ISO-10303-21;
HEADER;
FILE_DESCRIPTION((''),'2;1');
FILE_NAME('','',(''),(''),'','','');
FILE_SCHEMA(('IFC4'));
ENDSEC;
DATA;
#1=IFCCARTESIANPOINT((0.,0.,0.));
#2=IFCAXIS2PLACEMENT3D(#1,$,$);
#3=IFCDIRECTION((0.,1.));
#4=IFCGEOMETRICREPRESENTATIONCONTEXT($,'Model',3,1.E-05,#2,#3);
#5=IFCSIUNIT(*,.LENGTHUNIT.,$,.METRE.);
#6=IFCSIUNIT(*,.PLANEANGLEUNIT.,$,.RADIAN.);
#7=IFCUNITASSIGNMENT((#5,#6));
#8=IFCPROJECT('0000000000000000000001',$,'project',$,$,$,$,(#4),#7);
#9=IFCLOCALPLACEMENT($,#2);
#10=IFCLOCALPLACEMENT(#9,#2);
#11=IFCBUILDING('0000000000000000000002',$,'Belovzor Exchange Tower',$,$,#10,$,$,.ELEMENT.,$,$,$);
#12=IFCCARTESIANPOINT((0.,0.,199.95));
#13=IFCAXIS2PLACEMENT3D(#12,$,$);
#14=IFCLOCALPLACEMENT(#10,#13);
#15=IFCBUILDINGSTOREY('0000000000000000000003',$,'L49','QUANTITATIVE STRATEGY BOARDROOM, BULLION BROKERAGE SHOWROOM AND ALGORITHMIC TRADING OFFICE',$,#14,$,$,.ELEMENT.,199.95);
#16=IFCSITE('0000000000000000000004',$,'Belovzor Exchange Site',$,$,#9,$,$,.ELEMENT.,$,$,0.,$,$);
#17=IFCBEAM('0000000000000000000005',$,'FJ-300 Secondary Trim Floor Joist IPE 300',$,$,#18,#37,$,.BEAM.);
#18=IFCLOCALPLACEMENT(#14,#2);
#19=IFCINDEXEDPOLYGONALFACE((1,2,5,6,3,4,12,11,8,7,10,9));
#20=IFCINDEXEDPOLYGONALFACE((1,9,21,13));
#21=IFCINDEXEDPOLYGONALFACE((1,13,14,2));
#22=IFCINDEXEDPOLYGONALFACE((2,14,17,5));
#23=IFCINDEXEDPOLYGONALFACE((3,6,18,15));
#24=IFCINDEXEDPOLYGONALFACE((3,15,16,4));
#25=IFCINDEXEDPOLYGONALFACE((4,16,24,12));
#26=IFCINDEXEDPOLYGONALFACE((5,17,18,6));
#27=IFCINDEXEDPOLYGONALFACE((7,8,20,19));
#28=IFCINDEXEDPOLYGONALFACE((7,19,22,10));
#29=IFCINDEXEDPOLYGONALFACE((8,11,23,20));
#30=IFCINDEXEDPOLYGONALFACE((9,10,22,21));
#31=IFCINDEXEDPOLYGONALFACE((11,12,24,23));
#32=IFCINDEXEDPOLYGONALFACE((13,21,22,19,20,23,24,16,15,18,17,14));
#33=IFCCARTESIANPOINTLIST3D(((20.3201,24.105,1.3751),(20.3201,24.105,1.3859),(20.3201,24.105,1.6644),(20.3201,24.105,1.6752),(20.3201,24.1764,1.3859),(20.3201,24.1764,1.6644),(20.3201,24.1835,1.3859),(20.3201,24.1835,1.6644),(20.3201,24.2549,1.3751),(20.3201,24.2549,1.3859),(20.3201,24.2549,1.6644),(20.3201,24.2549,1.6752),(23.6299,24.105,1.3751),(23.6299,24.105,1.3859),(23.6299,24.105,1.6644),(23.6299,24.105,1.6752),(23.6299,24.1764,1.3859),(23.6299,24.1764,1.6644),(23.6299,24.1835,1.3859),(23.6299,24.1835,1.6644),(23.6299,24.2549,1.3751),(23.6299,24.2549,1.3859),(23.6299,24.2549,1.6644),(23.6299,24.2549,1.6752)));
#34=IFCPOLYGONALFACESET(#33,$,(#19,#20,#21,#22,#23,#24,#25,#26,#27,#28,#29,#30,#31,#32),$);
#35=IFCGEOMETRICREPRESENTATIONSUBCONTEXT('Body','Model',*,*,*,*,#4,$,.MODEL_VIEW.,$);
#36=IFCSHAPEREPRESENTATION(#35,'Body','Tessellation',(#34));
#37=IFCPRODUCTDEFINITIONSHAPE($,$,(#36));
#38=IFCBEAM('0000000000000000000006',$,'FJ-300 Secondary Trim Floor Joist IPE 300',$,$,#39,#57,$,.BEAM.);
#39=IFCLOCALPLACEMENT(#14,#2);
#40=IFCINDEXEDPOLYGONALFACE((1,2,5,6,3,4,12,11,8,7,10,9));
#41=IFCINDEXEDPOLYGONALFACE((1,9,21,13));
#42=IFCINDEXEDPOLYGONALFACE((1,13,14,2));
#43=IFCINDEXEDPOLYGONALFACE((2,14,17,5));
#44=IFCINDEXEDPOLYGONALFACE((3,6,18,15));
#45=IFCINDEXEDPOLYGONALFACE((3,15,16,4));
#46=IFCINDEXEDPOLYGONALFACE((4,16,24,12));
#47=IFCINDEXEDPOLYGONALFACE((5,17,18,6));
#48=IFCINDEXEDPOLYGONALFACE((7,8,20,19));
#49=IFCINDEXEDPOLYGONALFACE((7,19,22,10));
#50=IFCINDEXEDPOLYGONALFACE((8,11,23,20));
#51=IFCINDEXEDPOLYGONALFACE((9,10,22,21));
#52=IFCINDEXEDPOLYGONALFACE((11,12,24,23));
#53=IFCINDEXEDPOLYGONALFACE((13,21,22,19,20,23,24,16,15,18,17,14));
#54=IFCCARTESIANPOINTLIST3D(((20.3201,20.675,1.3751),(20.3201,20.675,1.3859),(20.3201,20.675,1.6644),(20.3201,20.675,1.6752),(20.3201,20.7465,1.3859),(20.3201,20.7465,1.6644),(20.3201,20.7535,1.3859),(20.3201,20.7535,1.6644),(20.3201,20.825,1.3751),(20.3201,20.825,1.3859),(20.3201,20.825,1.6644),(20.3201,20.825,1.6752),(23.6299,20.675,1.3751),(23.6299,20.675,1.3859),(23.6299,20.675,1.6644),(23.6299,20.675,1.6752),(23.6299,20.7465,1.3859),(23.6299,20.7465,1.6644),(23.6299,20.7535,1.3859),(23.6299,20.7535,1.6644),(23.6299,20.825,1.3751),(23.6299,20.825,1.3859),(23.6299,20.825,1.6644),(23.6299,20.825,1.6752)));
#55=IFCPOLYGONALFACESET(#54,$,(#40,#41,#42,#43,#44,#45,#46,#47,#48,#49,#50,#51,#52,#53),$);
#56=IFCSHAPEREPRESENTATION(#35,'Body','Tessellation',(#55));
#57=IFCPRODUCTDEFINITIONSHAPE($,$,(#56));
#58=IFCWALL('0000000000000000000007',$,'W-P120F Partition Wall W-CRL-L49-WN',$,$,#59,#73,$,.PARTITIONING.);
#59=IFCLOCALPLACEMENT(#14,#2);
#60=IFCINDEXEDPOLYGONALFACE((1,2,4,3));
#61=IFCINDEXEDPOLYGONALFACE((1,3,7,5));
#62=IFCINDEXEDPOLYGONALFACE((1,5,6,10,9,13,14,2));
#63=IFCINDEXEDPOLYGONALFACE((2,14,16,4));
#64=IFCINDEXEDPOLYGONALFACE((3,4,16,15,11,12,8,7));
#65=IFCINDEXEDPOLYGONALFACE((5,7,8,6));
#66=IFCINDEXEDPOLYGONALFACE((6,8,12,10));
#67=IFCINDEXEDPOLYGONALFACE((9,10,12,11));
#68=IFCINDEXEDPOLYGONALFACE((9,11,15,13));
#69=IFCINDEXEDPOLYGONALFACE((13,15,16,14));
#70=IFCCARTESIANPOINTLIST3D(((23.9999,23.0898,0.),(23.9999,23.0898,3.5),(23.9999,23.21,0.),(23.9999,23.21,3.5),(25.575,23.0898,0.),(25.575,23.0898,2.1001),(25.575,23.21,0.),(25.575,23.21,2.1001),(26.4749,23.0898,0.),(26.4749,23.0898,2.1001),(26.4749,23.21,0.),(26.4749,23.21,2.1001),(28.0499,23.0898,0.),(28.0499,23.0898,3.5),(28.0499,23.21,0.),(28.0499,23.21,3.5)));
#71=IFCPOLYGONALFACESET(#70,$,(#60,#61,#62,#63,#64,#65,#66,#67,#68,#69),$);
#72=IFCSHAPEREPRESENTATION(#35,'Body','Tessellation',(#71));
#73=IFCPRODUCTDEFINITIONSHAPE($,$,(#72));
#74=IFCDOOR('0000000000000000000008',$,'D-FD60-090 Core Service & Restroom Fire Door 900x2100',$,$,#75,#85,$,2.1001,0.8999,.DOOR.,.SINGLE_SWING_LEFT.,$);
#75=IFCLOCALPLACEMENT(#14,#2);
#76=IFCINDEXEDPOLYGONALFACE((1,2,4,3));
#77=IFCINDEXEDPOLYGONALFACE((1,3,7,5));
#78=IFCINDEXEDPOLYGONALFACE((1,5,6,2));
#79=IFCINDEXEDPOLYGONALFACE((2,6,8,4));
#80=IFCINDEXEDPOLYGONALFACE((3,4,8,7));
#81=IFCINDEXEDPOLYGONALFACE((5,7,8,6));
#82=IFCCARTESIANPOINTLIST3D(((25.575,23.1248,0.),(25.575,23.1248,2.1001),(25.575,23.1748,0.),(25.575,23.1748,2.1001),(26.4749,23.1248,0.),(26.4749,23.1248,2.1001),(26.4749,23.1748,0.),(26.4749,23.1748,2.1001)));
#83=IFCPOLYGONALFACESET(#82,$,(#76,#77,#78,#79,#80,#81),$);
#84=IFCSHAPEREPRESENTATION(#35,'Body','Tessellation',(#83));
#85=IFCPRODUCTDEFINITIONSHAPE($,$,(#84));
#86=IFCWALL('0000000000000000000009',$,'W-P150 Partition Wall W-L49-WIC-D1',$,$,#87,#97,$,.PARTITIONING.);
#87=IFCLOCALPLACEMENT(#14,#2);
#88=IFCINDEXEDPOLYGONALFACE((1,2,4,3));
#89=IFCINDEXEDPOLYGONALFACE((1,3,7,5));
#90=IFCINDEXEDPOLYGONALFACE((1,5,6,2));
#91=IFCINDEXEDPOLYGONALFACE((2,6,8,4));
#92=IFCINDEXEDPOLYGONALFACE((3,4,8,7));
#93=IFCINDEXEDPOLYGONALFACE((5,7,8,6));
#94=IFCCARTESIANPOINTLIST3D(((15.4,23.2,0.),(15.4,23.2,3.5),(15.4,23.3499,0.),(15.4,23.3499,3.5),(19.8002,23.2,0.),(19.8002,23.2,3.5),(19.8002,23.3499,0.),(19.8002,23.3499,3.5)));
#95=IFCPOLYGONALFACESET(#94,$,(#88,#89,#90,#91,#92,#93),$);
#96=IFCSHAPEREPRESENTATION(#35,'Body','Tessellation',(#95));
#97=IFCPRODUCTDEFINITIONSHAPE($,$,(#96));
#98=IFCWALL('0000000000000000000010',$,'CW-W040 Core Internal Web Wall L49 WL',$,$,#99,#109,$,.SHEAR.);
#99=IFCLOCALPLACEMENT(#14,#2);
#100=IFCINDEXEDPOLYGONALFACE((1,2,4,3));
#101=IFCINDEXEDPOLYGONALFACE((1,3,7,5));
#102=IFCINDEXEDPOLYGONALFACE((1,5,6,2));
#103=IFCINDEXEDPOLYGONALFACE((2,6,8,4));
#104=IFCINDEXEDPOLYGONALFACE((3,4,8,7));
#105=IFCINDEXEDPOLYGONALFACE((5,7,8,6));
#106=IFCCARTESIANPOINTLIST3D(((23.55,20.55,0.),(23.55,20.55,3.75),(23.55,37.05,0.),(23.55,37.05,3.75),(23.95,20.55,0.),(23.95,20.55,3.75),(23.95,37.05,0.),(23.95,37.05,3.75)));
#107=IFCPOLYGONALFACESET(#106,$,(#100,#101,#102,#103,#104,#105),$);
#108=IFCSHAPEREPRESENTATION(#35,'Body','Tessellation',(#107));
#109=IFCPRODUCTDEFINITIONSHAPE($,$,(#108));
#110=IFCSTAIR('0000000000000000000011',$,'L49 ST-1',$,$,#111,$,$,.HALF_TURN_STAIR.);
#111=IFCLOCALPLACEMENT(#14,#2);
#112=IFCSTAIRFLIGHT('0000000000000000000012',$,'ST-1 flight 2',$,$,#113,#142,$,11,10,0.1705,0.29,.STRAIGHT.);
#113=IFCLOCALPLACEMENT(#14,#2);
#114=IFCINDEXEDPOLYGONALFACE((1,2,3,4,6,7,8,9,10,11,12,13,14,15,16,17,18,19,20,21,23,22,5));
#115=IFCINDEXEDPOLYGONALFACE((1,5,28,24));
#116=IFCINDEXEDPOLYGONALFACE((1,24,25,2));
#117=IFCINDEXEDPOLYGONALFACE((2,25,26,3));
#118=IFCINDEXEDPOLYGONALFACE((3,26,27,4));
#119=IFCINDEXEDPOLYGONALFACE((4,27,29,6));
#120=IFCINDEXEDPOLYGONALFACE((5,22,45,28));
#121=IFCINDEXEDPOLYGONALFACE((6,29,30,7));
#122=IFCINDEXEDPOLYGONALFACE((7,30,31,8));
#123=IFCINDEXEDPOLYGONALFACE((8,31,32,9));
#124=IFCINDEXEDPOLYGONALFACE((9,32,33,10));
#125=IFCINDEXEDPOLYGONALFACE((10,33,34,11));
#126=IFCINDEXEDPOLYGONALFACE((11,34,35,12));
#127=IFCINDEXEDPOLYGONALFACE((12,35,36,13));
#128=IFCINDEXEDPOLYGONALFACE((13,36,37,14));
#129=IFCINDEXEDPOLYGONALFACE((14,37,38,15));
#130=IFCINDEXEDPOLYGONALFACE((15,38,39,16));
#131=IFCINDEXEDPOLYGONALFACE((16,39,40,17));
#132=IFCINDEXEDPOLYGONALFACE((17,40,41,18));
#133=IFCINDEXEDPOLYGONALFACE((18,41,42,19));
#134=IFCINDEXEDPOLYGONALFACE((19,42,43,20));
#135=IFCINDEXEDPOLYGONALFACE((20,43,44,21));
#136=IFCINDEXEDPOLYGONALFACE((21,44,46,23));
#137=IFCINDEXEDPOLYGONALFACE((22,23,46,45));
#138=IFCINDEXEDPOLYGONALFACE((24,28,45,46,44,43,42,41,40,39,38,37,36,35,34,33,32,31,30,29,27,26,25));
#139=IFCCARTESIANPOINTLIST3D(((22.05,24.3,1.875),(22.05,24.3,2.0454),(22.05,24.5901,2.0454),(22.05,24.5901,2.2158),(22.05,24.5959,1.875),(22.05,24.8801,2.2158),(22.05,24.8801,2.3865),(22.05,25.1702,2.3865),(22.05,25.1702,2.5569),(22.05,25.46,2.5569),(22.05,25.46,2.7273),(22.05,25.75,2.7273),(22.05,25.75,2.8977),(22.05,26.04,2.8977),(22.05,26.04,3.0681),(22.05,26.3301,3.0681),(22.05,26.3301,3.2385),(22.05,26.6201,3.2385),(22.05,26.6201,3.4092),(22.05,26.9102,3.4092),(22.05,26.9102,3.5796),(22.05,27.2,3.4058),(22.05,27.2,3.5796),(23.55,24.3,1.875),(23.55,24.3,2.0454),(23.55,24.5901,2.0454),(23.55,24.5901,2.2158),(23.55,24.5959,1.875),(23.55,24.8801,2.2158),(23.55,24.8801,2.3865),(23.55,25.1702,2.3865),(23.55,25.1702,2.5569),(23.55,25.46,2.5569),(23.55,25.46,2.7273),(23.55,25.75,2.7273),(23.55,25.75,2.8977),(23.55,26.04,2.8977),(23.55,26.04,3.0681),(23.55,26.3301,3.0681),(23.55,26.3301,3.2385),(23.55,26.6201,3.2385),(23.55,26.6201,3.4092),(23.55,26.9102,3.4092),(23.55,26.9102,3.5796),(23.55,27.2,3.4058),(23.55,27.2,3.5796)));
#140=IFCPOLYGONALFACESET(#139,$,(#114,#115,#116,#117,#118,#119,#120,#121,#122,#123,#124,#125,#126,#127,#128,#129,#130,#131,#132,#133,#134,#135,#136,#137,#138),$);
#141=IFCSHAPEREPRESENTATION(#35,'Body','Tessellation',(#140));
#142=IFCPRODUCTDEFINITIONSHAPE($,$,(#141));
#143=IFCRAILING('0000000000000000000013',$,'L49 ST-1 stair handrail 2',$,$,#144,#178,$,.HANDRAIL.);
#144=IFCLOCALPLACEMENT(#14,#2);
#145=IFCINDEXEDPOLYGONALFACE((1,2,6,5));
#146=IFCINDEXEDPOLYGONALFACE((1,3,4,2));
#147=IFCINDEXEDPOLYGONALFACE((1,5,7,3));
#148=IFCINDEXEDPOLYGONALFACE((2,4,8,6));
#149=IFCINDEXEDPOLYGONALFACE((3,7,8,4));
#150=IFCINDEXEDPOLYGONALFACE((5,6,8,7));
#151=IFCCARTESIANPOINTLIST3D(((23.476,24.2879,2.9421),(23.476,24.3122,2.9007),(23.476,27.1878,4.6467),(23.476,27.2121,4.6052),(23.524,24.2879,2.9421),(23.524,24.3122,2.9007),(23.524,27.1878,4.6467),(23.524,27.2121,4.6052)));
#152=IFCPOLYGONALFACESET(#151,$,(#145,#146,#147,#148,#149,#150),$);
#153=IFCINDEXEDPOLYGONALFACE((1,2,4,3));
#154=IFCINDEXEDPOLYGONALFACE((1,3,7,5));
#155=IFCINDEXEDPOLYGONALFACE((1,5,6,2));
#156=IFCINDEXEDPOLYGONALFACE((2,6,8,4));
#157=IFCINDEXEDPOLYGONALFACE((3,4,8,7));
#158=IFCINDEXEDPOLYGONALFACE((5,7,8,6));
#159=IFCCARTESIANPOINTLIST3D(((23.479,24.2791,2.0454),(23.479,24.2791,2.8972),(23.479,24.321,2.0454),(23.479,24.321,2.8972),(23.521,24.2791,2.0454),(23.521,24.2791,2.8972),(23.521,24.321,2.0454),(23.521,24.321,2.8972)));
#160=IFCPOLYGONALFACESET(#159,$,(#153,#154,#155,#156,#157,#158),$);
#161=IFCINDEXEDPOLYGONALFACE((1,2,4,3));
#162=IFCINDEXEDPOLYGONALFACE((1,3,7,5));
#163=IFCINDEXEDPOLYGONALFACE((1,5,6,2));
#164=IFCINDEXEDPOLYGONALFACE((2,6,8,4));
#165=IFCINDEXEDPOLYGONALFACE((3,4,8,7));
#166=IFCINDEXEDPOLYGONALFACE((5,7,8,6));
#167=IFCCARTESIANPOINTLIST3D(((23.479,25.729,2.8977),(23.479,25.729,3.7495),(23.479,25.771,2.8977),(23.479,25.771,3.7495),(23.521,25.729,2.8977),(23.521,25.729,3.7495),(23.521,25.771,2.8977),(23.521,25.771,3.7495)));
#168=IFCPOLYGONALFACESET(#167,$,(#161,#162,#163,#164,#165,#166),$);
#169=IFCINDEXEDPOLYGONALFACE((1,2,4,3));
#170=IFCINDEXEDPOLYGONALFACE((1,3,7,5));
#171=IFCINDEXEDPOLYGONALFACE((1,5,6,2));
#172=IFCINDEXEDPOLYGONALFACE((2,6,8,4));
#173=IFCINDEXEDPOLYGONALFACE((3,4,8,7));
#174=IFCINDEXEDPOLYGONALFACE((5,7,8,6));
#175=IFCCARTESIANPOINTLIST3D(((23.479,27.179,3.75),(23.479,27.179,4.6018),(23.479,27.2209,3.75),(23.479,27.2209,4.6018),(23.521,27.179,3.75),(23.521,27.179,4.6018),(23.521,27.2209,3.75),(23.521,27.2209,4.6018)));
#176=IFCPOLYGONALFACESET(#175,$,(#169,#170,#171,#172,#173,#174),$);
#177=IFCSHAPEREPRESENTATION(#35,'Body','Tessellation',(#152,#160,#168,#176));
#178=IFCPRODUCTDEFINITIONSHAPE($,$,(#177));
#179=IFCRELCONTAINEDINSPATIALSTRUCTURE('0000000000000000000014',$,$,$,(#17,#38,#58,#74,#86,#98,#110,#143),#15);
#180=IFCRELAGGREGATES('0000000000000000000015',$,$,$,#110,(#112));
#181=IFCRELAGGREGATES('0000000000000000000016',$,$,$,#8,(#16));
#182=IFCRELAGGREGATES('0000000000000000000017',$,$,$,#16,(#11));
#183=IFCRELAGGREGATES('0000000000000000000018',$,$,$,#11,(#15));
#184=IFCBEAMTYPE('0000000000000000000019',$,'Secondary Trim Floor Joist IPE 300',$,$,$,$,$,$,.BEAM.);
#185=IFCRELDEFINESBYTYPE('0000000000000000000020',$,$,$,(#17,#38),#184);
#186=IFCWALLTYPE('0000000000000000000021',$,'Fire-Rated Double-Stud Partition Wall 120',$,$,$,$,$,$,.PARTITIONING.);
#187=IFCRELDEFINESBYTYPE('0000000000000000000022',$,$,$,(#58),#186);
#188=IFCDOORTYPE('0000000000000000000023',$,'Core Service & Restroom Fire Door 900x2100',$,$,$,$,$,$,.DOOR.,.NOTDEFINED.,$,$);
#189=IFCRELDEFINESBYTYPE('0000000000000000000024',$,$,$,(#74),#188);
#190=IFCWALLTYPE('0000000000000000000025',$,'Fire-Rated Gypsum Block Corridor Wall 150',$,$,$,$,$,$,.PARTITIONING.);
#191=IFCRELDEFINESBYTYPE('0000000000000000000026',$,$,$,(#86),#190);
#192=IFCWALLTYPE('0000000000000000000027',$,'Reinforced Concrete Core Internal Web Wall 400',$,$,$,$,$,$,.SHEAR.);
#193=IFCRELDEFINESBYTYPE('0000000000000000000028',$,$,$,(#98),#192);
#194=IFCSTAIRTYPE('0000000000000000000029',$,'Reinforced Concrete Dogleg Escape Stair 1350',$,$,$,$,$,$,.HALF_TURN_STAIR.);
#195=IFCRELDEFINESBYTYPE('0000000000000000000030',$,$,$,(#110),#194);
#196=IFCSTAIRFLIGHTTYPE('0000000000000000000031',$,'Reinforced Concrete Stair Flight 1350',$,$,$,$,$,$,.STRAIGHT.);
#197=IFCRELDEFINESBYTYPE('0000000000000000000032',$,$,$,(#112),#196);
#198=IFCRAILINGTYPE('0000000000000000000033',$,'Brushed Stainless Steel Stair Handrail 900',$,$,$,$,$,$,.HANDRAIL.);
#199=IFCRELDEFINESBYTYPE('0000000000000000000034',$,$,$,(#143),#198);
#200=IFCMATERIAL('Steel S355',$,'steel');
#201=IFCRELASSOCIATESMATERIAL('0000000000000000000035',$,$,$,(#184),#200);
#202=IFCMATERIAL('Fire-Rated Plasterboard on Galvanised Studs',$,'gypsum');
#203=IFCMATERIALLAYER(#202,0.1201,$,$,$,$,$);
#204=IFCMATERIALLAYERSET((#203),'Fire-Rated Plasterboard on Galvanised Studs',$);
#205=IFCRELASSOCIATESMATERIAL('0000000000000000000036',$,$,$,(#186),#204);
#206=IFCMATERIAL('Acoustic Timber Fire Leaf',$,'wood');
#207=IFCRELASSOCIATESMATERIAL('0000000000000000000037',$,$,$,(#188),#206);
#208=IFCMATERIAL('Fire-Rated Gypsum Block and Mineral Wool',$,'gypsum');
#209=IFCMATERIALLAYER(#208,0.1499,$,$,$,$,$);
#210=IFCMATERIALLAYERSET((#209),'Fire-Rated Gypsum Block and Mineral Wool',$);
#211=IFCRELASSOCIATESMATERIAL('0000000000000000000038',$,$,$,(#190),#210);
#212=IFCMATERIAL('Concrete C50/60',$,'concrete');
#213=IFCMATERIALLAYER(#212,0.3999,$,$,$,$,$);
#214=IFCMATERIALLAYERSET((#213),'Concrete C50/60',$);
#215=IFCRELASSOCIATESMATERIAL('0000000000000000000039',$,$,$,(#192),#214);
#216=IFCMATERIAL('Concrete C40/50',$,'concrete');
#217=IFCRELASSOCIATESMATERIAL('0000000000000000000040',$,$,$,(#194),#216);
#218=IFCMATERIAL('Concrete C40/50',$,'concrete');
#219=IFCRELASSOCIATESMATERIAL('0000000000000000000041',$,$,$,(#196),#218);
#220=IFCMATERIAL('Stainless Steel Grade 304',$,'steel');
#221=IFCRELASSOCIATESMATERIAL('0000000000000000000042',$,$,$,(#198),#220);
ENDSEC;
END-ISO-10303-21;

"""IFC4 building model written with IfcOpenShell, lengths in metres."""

from ifc_helpers import new_model, si_unit, direction, frame, frame_2d, origin, origin_2d, place, context, subcontext, project, spatial, polyline, rectangle, i_section, outline, extrude, material, layer, layer_set, material_profile, profile_set, type_object, element, fill, aggregate, save


model = new_model("IFC4")

# Units and contexts
model_context = context("Model", 3, precision=1e-05, world=origin(), true_north=direction((0.0, 1.0)))
body_context = subcontext(model_context, "Body", "Model", "MODEL_VIEW")
ifc_project = project(units=[si_unit("LENGTHUNIT", "METRE"), si_unit("PLANEANGLEUNIT", "RADIAN")], contexts=[model_context])

# Site, building, storey
site_placement = place(None, origin())
site = spatial("IfcSite", under=ifc_project, at=site_placement, Name="Belovzor Exchange Site", CompositionType="ELEMENT", RefElevation=0.0)
building_placement = place(site_placement, origin())
building = spatial("IfcBuilding", under=site, at=building_placement, Name="Belovzor Exchange Tower", CompositionType="ELEMENT")
storey_placement = place(building_placement, frame((0.0, 0.0, 199.95)))
storey = spatial("IfcBuildingStorey", under=building, at=storey_placement, Name="L49", Description="QUANTITATIVE STRATEGY BOARDROOM, BULLION BROKERAGE SHOWROOM AND ALGORITHMIC TRADING OFFICE", CompositionType="ELEMENT", Elevation=199.95)

# Beams
ifc_material_1 = material(Name="Steel S355", Category="steel")
ifc_material_profile = material_profile(ifc_material_1, i_section(OverallWidth=0.1499, OverallDepth=0.3, WebThickness=0.0071, FlangeThickness=0.0107, at=origin_2d()))
ifc_profile_set = profile_set([ifc_material_profile], Name="Steel S355")
beam_type = type_object("IfcBeamType", Name="Secondary Trim Floor Joist IPE 300", PredefinedType="BEAM", material=ifc_profile_set)
for number, where, z_axis, x_axis, name in (
    (1, (20.3201, 24.1799, 1.5251), (1.0, 0.0, 0.0), (0.0, 1.0, 0.0), "FJ-300 Secondary Trim Floor Joist IPE 300"),
    (2, (20.3201, 20.75, 1.5251), (1.0, 0.0, 0.0), (0.0, 1.0, 0.0), "FJ-300 Secondary Trim Floor Joist IPE 300"),
):
    element("IfcBeam", number, at=place(storey_placement, frame(where, z_axis=z_axis, x_axis=x_axis)), inside=storey, type_object=beam_type, Name=name, PredefinedType="BEAM", context=body_context, shape_type="SweptSolid", body=[
        extrude(i_section(OverallWidth=0.1499, OverallDepth=0.3, WebThickness=0.0071, FlangeThickness=0.0107, at=origin_2d()), origin(), (0.0, 0.0, 1.0), 3.3098),
    ])

# Wall, opening, door
ifc_material_2 = material(Name="Fire-Rated Plasterboard on Galvanised Studs", Category="gypsum")
ifc_layer_1 = layer(ifc_material_2, 0.1201)
ifc_layer_set_1 = layer_set([ifc_layer_1], Name="Fire-Rated Plasterboard on Galvanised Studs")
wall_type_1 = type_object("IfcWallType", Name="Fire-Rated Double-Stud Partition Wall 120", PredefinedType="PARTITIONING", material=ifc_layer_set_1)
wall_1_placement = place(storey_placement, frame((24.0, 23.1499, 0.0), z_axis=(0.0, 0.0, 1.0), x_axis=(1.0, 0.0, 0.0)))
wall_1 = element("IfcWall", 3, at=wall_1_placement, inside=storey, type_object=wall_type_1, Name="W-P120F Partition Wall W-CRL-L49-WN", PredefinedType="PARTITIONING", context=body_context, shape_type="SweptSolid", body=[
    extrude(rectangle(XDim=4.05, YDim=0.1201, at=frame_2d((2.0249, 0.0))), origin(), (0.0, 0.0, 1.0), 3.5),
])
opening_1_placement = place(wall_1_placement, frame((1.575, 0.0, 0.0)))
opening_1 = element("IfcOpeningElement", 4, at=opening_1_placement, cuts=wall_1, PredefinedType="OPENING", context=body_context, shape_type="SweptSolid", body=[
    extrude(rectangle(XDim=0.8999, YDim=2.1001, at=frame_2d((0.45, 1.05))), frame((0.0, 0.0701, 0.0), z_axis=(0.0, -1.0, 0.0), x_axis=(1.0, 0.0, 0.0)), (0.0, 0.0, 1.0), 0.1401),
])
ifc_material_3 = material(Name="Acoustic Timber Fire Leaf", Category="wood")
door_type_1 = type_object("IfcDoorType", Name="Core Service & Restroom Fire Door 900x2100", OperationType="NOTDEFINED", PredefinedType="DOOR", material=ifc_material_3)
door_1_placement = place(opening_1_placement, origin())
door_1 = element("IfcDoor", 5, at=door_1_placement, inside=storey, type_object=door_type_1, Name="D-FD60-090 Core Service & Restroom Fire Door 900x2100", OperationType="SINGLE_SWING_LEFT", OverallHeight=2.1001, OverallWidth=0.8999, PredefinedType="DOOR", context=body_context, shape_type="SweptSolid", body=[
    extrude(rectangle(XDim=0.8999, YDim=2.1001, at=frame_2d((0.45, 1.05))), frame((0.0, 0.0249, 0.0), z_axis=(0.0, -1.0, 0.0), x_axis=(1.0, 0.0, 0.0)), (0.0, 0.0, 1.0), 0.05),
])
fill(opening_1, door_1)

# Walls
ifc_material_4 = material(Name="Fire-Rated Gypsum Block and Mineral Wool", Category="gypsum")
ifc_layer_2 = layer(ifc_material_4, 0.1499)
ifc_layer_set_2 = layer_set([ifc_layer_2], Name="Fire-Rated Gypsum Block and Mineral Wool")
wall_type_2 = type_object("IfcWallType", Name="Fire-Rated Gypsum Block Corridor Wall 150", PredefinedType="PARTITIONING", material=ifc_layer_set_2)
wall_2_placement = place(storey_placement, frame((15.3999, 23.2749, 0.0), z_axis=(0.0, 0.0, 1.0), x_axis=(1.0, 0.0, 0.0)))
element("IfcWall", 6, at=wall_2_placement, inside=storey, type_object=wall_type_2, Name="W-P150 Partition Wall W-L49-WIC-D1", PredefinedType="PARTITIONING", context=body_context, shape_type="SweptSolid", body=[
    extrude(rectangle(XDim=4.4001, YDim=0.1499, at=frame_2d((2.2002, 0.0))), origin(), (0.0, 0.0, 1.0), 3.5),
])
ifc_material_5 = material(Name="Concrete C50/60", Category="concrete")
ifc_layer_3 = layer(ifc_material_5, 0.3999)
ifc_layer_set_3 = layer_set([ifc_layer_3], Name="Concrete C50/60")
wall_type_3 = type_object("IfcWallType", Name="Reinforced Concrete Core Internal Web Wall 400", PredefinedType="SHEAR", material=ifc_layer_set_3)
wall_3_placement = place(storey_placement, frame((23.75, 20.55, 0.0), z_axis=(0.0, 0.0, 1.0), x_axis=(0.0, 1.0, 0.0)))
element("IfcWall", 7, at=wall_3_placement, inside=storey, type_object=wall_type_3, Name="CW-W040 Core Internal Web Wall L49 WL", PredefinedType="SHEAR", context=body_context, shape_type="SweptSolid", body=[
    extrude(rectangle(XDim=16.5, YDim=0.3999, at=frame_2d((8.25, 0.0))), origin(), (0.0, 0.0, 1.0), 3.75),
])

# Stair, stair flight
ifc_material_6 = material(Name="Concrete C40/50", Category="concrete")
stair_type = type_object("IfcStairType", Name="Reinforced Concrete Dogleg Escape Stair 1350", PredefinedType="HALF_TURN_STAIR", material=ifc_material_6)
stair_placement = place(storey_placement, origin())
stair = element("IfcStair", 8, at=stair_placement, inside=storey, type_object=stair_type, Name="L49 ST-1", PredefinedType="HALF_TURN_STAIR")
ifc_material_7 = material(Name="Concrete C40/50", Category="concrete")
stair_flight_type = type_object("IfcStairFlightType", Name="Reinforced Concrete Stair Flight 1350", PredefinedType="STRAIGHT", material=ifc_material_7)
stair_flight_placement = place(storey_placement, frame((22.8, 24.3, 1.875), z_axis=(0.0, 0.0, 1.0), x_axis=(0.0, 1.0, 0.0)))
stair_flight = element("IfcStairFlight", 9, at=stair_flight_placement, type_object=stair_flight_type, Name="ST-1 flight 2", NumberOfRisers=11, NumberOfTreads=10, PredefinedType="STRAIGHT", RiserHeight=0.1705, TreadLength=0.29, context=body_context, shape_type="SweptSolid", body=[
    extrude(outline(polyline([(0.0, 0.0), (0.0, 0.1704), (0.29, 0.1704), (0.29, 0.3408), (0.5801, 0.3408), (0.5801, 0.5115), (0.8701, 0.5115), (0.8701, 0.6819), (1.1599, 0.6819), (1.1599, 0.8523), (1.45, 0.8523), (1.45, 1.0227), (1.74, 1.0227), (1.74, 1.1931), (2.03, 1.1931), (2.03, 1.3635), (2.3201, 1.3635), (2.3201, 1.5342), (2.6101, 1.5342), (2.6101, 1.7046), (2.8999, 1.7046), (2.8999, 1.875), (2.8999, 1.5308), (0.2959, 0.0), (0.0, 0.0)])), frame((0.0, 0.75, 0.0), z_axis=(0.0, -1.0, 0.0), x_axis=(1.0, 0.0, 0.0)), (0.0, 0.0, 1.0), 1.5),
])
aggregate(stair, [stair_flight])

# Railing
ifc_material_8 = material(Name="Stainless Steel Grade 304", Category="steel")
railing_type_1 = type_object("IfcRailingType", Name="Brushed Stainless Steel Stair Handrail 900", PredefinedType="HANDRAIL", material=ifc_material_8)
railing_1_placement = place(storey_placement, frame((23.5, 24.3, 2.0454)))
element("IfcRailing", 10, at=railing_1_placement, inside=storey, type_object=railing_type_1, Name="L49 ST-1 stair handrail 2", PredefinedType="HANDRAIL", context=body_context, shape_type="SweptSolid", body=[
    extrude(rectangle(XDim=0.0481, YDim=0.0481, at=origin_2d()), frame((0.0, 0.0, 0.876), z_axis=(0.0, 0.862095, 0.506747), x_axis=(-1.0, 0.0, 0.0)), (0.0, 0.0, 1.0), 3.3638),
    extrude(rectangle(XDim=0.042, YDim=0.042, at=origin_2d()), origin(), (0.0, 0.0, 1.0), 0.8518),
    extrude(rectangle(XDim=0.042, YDim=0.042, at=origin_2d()), frame((0.0, 1.45, 0.8523)), (0.0, 0.0, 1.0), 0.8518),
    extrude(rectangle(XDim=0.042, YDim=0.042, at=origin_2d()), frame((0.0, 2.8999, 1.7046)), (0.0, 0.0, 1.0), 0.8518),
])

save(model, "model.ifc")
